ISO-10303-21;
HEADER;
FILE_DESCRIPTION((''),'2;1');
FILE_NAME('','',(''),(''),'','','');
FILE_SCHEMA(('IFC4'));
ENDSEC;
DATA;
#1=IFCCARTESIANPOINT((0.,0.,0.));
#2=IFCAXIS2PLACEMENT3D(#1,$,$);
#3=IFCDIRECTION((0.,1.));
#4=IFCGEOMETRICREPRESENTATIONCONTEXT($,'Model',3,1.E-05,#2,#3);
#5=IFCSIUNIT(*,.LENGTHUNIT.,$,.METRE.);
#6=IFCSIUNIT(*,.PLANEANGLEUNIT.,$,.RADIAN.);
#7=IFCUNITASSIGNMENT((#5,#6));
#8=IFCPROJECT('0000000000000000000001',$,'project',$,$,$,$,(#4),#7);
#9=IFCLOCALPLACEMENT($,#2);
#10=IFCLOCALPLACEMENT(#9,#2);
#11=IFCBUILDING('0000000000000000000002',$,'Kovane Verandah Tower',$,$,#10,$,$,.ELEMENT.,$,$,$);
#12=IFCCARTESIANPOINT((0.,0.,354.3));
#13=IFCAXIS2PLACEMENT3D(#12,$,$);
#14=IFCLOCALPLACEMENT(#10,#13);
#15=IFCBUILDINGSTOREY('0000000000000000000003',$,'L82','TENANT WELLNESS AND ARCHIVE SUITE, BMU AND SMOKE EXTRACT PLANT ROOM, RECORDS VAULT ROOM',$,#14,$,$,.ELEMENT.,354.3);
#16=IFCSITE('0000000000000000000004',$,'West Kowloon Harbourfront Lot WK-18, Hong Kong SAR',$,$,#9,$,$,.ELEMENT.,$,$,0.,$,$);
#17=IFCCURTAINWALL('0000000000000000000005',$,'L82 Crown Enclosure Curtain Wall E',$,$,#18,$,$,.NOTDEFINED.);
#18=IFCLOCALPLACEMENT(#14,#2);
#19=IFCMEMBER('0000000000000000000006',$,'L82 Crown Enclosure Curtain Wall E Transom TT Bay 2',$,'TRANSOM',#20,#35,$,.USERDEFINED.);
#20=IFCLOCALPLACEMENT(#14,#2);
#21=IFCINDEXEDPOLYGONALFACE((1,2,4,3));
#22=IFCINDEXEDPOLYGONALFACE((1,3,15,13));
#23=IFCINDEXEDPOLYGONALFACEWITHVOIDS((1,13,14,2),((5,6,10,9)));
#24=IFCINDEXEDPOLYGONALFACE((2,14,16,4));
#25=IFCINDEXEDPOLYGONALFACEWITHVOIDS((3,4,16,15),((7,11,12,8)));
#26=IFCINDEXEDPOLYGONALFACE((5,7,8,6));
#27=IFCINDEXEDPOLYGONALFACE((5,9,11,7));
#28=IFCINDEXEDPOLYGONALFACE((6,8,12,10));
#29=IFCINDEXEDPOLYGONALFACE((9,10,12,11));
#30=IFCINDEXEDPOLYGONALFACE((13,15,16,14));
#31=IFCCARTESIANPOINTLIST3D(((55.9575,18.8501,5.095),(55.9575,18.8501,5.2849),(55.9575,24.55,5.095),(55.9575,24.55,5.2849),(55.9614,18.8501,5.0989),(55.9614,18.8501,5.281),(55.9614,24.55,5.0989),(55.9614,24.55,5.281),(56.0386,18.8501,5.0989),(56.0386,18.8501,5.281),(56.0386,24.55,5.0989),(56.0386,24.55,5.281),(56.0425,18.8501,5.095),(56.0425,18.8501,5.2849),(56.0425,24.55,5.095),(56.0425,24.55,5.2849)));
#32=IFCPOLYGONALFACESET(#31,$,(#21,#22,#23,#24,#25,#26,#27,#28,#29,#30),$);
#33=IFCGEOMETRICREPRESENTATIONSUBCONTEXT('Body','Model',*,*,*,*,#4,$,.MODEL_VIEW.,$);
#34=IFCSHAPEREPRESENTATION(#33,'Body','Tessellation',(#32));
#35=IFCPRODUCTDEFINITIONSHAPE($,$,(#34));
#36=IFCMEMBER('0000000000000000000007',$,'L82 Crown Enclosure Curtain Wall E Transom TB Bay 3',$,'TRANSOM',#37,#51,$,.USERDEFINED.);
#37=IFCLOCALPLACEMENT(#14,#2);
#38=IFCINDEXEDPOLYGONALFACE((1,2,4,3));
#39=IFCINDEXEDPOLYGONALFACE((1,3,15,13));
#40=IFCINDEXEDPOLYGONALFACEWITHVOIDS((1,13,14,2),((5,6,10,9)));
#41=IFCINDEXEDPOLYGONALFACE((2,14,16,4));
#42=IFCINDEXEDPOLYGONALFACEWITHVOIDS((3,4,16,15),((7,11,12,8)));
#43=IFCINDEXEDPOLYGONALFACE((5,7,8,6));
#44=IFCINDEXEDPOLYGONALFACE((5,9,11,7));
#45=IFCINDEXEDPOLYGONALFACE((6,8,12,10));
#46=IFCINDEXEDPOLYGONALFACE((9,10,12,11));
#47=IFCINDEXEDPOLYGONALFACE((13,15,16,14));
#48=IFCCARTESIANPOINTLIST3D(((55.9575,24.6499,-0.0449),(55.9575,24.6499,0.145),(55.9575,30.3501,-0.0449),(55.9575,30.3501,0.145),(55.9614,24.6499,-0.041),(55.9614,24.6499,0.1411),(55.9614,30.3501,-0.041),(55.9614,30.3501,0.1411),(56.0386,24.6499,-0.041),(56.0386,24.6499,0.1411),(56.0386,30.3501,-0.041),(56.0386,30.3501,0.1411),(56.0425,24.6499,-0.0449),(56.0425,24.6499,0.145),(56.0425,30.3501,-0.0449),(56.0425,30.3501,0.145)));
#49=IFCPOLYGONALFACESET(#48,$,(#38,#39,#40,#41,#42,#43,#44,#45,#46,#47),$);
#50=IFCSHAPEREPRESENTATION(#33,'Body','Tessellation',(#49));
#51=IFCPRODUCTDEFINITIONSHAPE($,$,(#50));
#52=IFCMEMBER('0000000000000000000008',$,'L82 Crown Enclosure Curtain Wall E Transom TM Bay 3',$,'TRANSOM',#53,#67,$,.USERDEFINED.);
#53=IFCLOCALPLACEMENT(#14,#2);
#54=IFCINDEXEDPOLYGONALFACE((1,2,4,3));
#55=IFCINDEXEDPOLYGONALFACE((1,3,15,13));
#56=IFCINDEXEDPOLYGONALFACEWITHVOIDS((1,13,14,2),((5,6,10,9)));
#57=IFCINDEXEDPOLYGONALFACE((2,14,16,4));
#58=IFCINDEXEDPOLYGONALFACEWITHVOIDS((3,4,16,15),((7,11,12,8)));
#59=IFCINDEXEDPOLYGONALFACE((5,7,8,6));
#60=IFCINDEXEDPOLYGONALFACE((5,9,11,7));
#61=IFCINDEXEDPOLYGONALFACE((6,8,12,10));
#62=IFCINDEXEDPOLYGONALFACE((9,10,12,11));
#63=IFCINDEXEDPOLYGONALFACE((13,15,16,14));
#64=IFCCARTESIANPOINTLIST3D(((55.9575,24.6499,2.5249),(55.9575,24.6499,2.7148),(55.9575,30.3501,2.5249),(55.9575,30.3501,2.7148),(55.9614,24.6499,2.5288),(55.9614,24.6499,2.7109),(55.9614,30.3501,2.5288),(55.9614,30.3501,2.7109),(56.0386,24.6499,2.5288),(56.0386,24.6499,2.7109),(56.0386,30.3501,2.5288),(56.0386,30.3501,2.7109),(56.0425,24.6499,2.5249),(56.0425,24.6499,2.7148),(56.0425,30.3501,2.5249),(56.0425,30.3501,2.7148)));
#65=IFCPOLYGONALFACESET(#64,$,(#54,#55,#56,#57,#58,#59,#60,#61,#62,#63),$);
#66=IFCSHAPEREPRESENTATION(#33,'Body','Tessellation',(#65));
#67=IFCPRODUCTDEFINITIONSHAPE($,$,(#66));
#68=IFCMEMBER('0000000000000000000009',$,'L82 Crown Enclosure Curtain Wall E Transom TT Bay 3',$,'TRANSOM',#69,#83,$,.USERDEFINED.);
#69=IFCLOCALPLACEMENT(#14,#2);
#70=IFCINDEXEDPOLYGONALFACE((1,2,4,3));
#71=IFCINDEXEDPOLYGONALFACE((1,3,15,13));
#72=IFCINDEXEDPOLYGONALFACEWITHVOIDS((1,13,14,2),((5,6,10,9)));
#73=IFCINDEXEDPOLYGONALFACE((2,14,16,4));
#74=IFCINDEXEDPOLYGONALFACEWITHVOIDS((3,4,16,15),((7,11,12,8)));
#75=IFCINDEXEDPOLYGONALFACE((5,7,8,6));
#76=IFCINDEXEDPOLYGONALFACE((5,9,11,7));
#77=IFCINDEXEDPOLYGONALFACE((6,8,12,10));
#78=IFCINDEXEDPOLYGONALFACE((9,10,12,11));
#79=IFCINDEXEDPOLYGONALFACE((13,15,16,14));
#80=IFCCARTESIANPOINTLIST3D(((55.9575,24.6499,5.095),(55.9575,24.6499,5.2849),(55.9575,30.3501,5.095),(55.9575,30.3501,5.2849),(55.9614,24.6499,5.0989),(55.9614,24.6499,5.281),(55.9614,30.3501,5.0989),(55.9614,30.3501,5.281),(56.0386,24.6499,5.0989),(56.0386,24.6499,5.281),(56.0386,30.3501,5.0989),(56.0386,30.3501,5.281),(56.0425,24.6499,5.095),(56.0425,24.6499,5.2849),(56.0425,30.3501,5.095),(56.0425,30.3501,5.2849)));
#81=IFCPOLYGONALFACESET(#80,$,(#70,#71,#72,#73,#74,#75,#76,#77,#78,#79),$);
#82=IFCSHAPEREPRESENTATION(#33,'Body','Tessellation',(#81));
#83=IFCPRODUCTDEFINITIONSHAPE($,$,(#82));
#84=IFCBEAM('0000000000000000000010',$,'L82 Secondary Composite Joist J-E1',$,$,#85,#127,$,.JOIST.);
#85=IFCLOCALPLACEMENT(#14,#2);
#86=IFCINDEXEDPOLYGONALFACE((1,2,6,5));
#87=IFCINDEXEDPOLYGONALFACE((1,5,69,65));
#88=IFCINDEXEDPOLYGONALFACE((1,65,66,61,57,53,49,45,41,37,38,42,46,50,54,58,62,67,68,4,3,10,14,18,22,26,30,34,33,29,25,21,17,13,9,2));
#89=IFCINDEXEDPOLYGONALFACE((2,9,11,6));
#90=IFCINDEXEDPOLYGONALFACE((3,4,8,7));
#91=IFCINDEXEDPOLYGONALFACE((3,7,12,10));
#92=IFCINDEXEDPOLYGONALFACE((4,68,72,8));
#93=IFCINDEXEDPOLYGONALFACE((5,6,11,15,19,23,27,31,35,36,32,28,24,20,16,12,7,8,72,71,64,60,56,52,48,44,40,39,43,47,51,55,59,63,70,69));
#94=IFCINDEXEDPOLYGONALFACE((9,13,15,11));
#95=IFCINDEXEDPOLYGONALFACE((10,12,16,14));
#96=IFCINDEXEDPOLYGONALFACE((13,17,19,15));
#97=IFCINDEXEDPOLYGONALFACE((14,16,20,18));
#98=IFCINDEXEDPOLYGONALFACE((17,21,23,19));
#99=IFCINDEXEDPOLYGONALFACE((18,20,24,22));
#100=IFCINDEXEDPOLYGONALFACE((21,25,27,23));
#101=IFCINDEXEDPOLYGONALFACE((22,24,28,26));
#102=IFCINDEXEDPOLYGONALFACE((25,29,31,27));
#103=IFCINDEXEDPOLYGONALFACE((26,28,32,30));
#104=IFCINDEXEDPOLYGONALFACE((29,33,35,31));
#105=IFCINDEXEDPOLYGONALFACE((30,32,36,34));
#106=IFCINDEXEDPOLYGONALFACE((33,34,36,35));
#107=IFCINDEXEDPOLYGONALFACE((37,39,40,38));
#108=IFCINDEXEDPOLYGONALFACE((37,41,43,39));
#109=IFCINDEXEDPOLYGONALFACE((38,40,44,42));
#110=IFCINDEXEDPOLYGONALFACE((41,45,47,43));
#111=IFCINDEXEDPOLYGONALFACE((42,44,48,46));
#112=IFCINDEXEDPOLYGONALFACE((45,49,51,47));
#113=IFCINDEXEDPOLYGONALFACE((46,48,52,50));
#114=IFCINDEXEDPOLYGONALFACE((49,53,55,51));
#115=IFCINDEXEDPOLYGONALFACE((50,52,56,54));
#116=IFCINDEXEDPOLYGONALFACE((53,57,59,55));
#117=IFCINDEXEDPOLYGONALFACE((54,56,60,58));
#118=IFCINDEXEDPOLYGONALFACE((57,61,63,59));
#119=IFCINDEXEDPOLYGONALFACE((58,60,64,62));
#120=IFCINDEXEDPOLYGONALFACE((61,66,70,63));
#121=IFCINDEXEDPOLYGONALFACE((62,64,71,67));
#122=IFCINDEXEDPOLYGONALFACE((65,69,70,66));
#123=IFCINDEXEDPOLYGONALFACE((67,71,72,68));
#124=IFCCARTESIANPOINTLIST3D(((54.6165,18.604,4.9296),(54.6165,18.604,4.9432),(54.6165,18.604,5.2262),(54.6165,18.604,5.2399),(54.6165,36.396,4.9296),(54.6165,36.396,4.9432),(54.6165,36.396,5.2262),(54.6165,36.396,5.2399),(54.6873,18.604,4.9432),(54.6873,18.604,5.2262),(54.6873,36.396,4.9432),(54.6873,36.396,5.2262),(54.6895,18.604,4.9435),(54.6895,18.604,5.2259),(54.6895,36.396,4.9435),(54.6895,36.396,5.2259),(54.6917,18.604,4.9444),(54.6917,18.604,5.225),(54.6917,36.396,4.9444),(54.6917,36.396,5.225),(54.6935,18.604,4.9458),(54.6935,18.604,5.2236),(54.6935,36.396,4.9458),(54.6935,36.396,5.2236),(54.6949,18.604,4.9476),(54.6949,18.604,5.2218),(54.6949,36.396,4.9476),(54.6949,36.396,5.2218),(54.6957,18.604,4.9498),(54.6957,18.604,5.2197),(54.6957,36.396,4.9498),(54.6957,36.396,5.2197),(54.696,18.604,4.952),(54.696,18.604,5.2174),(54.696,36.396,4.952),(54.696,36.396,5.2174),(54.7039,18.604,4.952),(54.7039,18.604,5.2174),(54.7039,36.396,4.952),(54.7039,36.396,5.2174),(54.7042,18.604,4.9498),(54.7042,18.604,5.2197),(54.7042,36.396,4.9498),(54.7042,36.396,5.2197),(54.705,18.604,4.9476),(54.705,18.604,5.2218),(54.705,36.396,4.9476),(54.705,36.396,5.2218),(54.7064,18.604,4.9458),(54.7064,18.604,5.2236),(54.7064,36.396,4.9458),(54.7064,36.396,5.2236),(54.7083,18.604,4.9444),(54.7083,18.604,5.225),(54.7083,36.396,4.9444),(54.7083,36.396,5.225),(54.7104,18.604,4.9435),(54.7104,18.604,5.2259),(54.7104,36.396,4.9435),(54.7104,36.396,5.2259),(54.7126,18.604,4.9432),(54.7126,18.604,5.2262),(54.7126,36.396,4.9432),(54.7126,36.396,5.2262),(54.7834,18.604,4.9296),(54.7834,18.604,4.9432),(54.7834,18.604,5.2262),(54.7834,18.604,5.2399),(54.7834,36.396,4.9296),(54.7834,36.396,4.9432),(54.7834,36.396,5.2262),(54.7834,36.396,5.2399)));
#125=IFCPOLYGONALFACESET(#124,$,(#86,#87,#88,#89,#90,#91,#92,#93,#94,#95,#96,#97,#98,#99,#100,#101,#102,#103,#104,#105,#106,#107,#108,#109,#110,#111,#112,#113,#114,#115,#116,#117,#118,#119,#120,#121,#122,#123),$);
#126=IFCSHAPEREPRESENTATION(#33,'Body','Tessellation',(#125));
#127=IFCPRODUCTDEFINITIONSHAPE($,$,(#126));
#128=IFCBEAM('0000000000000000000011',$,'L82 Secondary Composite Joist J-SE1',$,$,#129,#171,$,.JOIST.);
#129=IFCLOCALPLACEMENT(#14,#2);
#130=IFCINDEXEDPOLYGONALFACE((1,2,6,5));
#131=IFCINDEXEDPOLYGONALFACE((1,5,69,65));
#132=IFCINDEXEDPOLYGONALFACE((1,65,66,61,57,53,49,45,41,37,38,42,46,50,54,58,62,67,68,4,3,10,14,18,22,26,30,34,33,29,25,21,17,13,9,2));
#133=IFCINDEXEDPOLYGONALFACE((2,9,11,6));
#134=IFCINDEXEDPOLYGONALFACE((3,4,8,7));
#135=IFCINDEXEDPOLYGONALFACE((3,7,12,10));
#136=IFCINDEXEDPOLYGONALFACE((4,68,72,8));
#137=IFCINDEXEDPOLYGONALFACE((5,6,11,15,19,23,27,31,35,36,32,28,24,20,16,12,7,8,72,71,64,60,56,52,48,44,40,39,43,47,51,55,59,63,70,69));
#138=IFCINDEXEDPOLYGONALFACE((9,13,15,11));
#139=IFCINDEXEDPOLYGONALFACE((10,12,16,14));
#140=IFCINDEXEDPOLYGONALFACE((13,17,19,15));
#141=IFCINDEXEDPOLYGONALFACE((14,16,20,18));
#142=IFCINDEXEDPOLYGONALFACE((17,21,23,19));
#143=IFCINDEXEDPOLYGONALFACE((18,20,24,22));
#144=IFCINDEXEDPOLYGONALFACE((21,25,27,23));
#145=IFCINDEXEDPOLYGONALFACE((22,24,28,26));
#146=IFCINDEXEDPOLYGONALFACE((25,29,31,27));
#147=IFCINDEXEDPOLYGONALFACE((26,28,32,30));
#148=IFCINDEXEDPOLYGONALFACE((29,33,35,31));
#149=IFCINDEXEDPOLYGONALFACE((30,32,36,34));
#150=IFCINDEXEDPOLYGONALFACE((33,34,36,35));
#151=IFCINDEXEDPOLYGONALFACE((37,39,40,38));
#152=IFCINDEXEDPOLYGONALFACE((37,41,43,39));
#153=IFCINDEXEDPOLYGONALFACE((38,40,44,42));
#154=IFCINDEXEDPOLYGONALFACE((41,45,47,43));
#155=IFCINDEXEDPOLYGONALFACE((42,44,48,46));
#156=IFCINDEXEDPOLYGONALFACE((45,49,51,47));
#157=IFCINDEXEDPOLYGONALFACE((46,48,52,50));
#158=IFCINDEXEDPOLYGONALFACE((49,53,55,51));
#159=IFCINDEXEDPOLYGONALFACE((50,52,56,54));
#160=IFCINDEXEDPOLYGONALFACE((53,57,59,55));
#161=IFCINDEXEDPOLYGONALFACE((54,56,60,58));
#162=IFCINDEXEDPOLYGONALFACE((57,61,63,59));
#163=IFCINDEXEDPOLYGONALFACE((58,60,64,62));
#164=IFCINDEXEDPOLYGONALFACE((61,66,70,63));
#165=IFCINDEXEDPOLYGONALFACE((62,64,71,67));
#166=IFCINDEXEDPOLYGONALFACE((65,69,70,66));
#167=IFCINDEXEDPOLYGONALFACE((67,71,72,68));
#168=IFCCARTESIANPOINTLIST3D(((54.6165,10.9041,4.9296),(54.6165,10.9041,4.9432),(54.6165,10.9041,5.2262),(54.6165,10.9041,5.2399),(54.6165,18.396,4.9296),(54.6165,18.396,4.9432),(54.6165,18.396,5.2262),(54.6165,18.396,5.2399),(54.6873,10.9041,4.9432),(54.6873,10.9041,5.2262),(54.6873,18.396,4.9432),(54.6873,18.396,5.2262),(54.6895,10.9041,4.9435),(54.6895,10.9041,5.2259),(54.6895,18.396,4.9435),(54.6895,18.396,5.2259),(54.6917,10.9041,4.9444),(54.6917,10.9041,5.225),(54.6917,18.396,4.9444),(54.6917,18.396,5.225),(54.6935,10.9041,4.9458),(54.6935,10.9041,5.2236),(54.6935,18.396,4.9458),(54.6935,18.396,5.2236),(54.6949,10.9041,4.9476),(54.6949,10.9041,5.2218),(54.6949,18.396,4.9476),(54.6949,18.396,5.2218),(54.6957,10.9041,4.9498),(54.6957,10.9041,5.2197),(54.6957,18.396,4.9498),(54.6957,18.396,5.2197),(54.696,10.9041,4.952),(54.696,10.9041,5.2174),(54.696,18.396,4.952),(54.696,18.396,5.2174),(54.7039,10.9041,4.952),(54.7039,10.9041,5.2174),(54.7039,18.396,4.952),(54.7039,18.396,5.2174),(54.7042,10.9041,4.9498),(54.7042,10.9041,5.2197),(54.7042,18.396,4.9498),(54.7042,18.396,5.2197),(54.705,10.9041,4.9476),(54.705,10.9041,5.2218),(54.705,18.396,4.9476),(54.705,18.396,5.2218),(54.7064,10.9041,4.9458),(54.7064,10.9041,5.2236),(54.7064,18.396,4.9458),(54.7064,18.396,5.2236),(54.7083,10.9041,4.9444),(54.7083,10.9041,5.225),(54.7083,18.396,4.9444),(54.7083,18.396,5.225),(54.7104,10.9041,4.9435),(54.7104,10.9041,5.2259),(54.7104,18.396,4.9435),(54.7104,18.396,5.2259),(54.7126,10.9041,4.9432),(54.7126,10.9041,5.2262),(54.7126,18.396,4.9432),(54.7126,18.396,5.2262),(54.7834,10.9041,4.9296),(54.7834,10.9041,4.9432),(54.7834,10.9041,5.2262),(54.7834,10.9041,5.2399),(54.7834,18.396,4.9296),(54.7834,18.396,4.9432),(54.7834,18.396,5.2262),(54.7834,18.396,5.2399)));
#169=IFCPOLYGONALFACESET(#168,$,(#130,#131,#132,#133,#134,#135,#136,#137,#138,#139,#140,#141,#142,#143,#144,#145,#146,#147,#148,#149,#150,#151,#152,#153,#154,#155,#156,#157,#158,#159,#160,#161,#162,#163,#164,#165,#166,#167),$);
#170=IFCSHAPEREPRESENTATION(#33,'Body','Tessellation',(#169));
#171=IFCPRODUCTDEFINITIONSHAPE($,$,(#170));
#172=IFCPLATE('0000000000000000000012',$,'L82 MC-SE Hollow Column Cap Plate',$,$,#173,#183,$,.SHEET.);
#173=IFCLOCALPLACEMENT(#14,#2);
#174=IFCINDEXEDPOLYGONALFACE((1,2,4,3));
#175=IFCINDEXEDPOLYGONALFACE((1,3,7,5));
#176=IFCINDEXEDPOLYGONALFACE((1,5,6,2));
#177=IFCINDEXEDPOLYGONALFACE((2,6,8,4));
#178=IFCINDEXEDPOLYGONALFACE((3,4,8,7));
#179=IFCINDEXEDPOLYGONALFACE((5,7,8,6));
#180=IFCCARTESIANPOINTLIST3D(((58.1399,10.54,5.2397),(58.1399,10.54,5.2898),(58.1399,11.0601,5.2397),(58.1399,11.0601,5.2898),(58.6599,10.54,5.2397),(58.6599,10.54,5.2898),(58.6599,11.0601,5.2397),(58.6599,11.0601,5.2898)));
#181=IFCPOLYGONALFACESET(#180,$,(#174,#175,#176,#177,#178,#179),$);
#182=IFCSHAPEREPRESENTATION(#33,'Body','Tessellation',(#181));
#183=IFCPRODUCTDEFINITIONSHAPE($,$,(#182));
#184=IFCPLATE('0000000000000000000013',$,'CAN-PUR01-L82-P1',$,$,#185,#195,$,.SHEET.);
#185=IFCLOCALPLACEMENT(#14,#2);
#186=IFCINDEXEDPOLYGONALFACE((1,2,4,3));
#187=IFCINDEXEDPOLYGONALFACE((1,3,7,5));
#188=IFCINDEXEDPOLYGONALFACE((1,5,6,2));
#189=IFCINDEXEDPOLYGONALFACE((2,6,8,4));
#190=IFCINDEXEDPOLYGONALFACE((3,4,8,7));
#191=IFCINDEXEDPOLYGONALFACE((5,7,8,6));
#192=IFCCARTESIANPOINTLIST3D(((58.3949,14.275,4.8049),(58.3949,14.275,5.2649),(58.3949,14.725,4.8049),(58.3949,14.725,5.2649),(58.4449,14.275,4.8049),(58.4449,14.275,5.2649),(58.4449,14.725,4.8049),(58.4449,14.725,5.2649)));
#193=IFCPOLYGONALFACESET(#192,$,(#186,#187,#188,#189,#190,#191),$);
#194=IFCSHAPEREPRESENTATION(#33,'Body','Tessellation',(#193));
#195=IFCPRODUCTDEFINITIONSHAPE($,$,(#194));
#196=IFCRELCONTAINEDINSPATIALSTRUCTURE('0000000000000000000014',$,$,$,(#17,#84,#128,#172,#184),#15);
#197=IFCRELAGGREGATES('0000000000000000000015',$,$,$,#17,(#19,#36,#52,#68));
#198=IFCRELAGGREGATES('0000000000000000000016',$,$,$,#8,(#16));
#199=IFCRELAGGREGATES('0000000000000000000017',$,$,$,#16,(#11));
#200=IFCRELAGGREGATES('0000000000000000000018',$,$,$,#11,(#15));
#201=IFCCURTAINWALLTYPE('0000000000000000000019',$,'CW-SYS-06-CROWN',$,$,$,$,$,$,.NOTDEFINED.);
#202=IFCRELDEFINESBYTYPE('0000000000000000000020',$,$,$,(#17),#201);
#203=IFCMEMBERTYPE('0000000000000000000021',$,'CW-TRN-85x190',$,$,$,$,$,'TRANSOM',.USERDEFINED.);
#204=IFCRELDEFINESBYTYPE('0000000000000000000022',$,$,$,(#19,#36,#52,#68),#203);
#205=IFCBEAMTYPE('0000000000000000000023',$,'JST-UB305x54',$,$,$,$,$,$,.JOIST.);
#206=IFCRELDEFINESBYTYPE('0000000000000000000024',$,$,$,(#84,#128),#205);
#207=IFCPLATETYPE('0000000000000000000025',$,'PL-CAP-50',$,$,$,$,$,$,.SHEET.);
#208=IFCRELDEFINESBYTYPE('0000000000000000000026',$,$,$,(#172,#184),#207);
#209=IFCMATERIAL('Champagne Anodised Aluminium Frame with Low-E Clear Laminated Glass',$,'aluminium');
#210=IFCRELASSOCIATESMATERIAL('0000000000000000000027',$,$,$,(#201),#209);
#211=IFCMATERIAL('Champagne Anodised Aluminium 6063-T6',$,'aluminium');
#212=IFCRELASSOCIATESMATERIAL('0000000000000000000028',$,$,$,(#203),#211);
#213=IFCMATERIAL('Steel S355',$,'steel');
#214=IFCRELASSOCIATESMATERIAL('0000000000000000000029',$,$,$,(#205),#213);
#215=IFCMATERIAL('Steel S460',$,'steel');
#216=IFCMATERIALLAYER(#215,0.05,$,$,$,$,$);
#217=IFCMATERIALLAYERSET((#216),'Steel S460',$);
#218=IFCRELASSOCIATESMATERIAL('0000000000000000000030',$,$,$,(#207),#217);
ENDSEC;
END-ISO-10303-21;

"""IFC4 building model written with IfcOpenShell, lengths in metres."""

from ifc_helpers import new_model, si_unit, direction, frame, origin, origin_2d, place, context, subcontext, project, spatial, rectangle, hollow_rectangle, i_section, extrude, material, layer, layer_set, material_profile, profile_set, type_object, element, aggregate, save


model = new_model("IFC4")

# Units and contexts
model_context = context("Model", 3, precision=1e-05, world=origin(), true_north=direction((0.0, 1.0)))
body_context = subcontext(model_context, "Body", "Model", "MODEL_VIEW")
ifc_project = project(units=[si_unit("LENGTHUNIT", "METRE"), si_unit("PLANEANGLEUNIT", "RADIAN")], contexts=[model_context])

# Site, building, storey
site_placement = place(None, origin())
site = spatial("IfcSite", under=ifc_project, at=site_placement, Name="West Kowloon Harbourfront Lot WK-18, Hong Kong SAR", CompositionType="ELEMENT", RefElevation=0.0)
building_placement = place(site_placement, origin())
building = spatial("IfcBuilding", under=site, at=building_placement, Name="Kovane Verandah Tower", CompositionType="ELEMENT")
storey_placement = place(building_placement, frame((0.0, 0.0, 354.3)))
storey = spatial("IfcBuildingStorey", under=building, at=storey_placement, Name="L82", Description="TENANT WELLNESS AND ARCHIVE SUITE, BMU AND SMOKE EXTRACT PLANT ROOM, RECORDS VAULT ROOM", CompositionType="ELEMENT", Elevation=354.3)

# Shared definitions
ifc_material_1 = material(Name="Steel S355", Category="steel")
ifc_material_2 = material(Name="Steel S460", Category="steel")

# Curtain wall, members
ifc_material_3 = material(Name="Champagne Anodised Aluminium Frame with Low-E Clear Laminated Glass", Category="aluminium")
curtain_wall_type = type_object("IfcCurtainWallType", Name="CW-SYS-06-CROWN", PredefinedType="NOTDEFINED", material=ifc_material_3)
curtain_wall_placement = place(storey_placement, origin())
curtain_wall = element("IfcCurtainWall", 1, at=curtain_wall_placement, inside=storey, type_object=curtain_wall_type, Name="L82 Crown Enclosure Curtain Wall E", PredefinedType="NOTDEFINED")
ifc_material_4 = material(Name="Champagne Anodised Aluminium 6063-T6", Category="aluminium")
ifc_material_profile_1 = material_profile(ifc_material_4, hollow_rectangle(XDim=0.085, YDim=0.1899, WallThickness=0.0039, at=origin_2d()), Name="AL85x190x4")
ifc_profile_set_1 = profile_set([ifc_material_profile_1], Name="Champagne Anodised Aluminium 6063-T6")
member_type_1 = type_object("IfcMemberType", Name="CW-TRN-85x190", ElementType="TRANSOM", PredefinedType="USERDEFINED", material=ifc_profile_set_1)
member_1_placement = place(storey_placement, frame((56.0, 18.8501, 5.1899), z_axis=(0.0, 1.0, 0.0), x_axis=(-1.0, 0.0, 0.0)))
member_1 = element("IfcMember", 2, at=member_1_placement, type_object=member_type_1, Name="L82 Crown Enclosure Curtain Wall E Transom TT Bay 2", ObjectType="TRANSOM", PredefinedType="USERDEFINED", context=body_context, shape_type="SweptSolid", body=[
    extrude(hollow_rectangle(XDim=0.085, YDim=0.1899, WallThickness=0.0039, at=origin_2d()), origin(), (0.0, 0.0, 1.0), 5.7),
])
member_2_placement = place(storey_placement, frame((56.0, 24.6499, 0.05), z_axis=(0.0, 1.0, 0.0), x_axis=(-1.0, 0.0, 0.0)))
member_2 = element("IfcMember", 3, at=member_2_placement, type_object=member_type_1, Name="L82 Crown Enclosure Curtain Wall E Transom TB Bay 3", ObjectType="TRANSOM", PredefinedType="USERDEFINED", context=body_context, shape_type="SweptSolid", body=[
    extrude(hollow_rectangle(XDim=0.085, YDim=0.1899, WallThickness=0.0039, at=origin_2d()), origin(), (0.0, 0.0, 1.0), 5.7002),
])
member_3_placement = place(storey_placement, frame((56.0, 24.6499, 2.6199), z_axis=(0.0, 1.0, 0.0), x_axis=(-1.0, 0.0, 0.0)))
member_3 = element("IfcMember", 4, at=member_3_placement, type_object=member_type_1, Name="L82 Crown Enclosure Curtain Wall E Transom TM Bay 3", ObjectType="TRANSOM", PredefinedType="USERDEFINED", context=body_context, shape_type="SweptSolid", body=[
    extrude(hollow_rectangle(XDim=0.085, YDim=0.1899, WallThickness=0.0039, at=origin_2d()), origin(), (0.0, 0.0, 1.0), 5.7002),
])
member_4_placement = place(storey_placement, frame((56.0, 24.6499, 5.1899), z_axis=(0.0, 1.0, 0.0), x_axis=(-1.0, 0.0, 0.0)))
member_4 = element("IfcMember", 5, at=member_4_placement, type_object=member_type_1, Name="L82 Crown Enclosure Curtain Wall E Transom TT Bay 3", ObjectType="TRANSOM", PredefinedType="USERDEFINED", context=body_context, shape_type="SweptSolid", body=[
    extrude(hollow_rectangle(XDim=0.085, YDim=0.1899, WallThickness=0.0039, at=origin_2d()), origin(), (0.0, 0.0, 1.0), 5.7002),
])

# Beams
ifc_material_profile_2 = material_profile(ifc_material_1, i_section(OverallWidth=0.167, OverallDepth=0.3103, WebThickness=0.0078, FlangeThickness=0.0137, FilletRadius=0.0088, at=origin_2d()), Name="UB305x165x54")
ifc_profile_set_2 = profile_set([ifc_material_profile_2], Name="Steel S355")
beam_type_1 = type_object("IfcBeamType", Name="JST-UB305x54", PredefinedType="JOIST", material=ifc_profile_set_2)
beam_1_placement = place(storey_placement, frame((54.7, 18.604, 5.0847), z_axis=(0.0, 1.0, 0.0), x_axis=(-1.0, 0.0, 0.0)))
element("IfcBeam", 6, at=beam_1_placement, inside=storey, type_object=beam_type_1, Name="L82 Secondary Composite Joist J-E1", PredefinedType="JOIST", context=body_context, shape_type="SweptSolid", body=[
    extrude(i_section(OverallWidth=0.167, OverallDepth=0.3103, WebThickness=0.0078, FlangeThickness=0.0137, FilletRadius=0.0088, at=origin_2d()), origin(), (0.0, 0.0, 1.0), 17.792),
])
beam_2_placement = place(storey_placement, frame((54.7, 10.9041, 5.0847), z_axis=(0.0, 1.0, 0.0), x_axis=(-1.0, 0.0, 0.0)))
element("IfcBeam", 7, at=beam_2_placement, inside=storey, type_object=beam_type_1, Name="L82 Secondary Composite Joist J-SE1", PredefinedType="JOIST", context=body_context, shape_type="SweptSolid", body=[
    extrude(i_section(OverallWidth=0.167, OverallDepth=0.3103, WebThickness=0.0078, FlangeThickness=0.0137, FilletRadius=0.0088, at=origin_2d()), origin(), (0.0, 0.0, 1.0), 7.4919),
])

# Plates
ifc_layer_1 = layer(ifc_material_2, 0.05)
ifc_layer_set_1 = layer_set([ifc_layer_1], Name="Steel S460")
plate_type_1 = type_object("IfcPlateType", Name="PL-CAP-50", PredefinedType="SHEET", material=ifc_layer_set_1)
plate_1_placement = place(storey_placement, frame((58.3999, 10.8, 5.2397), z_axis=(0.0, 0.0, 1.0), x_axis=(1.0, 0.0, 0.0)))
element("IfcPlate", 8, at=plate_1_placement, inside=storey, type_object=plate_type_1, Name="L82 MC-SE Hollow Column Cap Plate", PredefinedType="SHEET", context=body_context, shape_type="SweptSolid", body=[
    extrude(rectangle(XDim=0.52, YDim=0.52, at=origin_2d()), origin(), (0.0, 0.0, 1.0), 0.05),
])
for number, where, z_axis, x_axis, name in (
    (9, (58.4199, 14.5, 4.8049), (0.0, 0.0, 1.0), (1.0, 0.0, 0.0), "CAN-PUR01-L82-P1"),
):
    element("IfcPlate", number, at=place(storey_placement, frame(where, z_axis=z_axis, x_axis=x_axis)), inside=storey, type_object=plate_type_1, Name=name, PredefinedType="SHEET", context=body_context, shape_type="SweptSolid", body=[
        extrude(rectangle(XDim=0.05, YDim=0.45, at=origin_2d()), origin(), (0.0, 0.0, 1.0), 0.46),
    ])

aggregate(curtain_wall, [member_1, member_2, member_3, member_4])

save(model, "model.ifc")
